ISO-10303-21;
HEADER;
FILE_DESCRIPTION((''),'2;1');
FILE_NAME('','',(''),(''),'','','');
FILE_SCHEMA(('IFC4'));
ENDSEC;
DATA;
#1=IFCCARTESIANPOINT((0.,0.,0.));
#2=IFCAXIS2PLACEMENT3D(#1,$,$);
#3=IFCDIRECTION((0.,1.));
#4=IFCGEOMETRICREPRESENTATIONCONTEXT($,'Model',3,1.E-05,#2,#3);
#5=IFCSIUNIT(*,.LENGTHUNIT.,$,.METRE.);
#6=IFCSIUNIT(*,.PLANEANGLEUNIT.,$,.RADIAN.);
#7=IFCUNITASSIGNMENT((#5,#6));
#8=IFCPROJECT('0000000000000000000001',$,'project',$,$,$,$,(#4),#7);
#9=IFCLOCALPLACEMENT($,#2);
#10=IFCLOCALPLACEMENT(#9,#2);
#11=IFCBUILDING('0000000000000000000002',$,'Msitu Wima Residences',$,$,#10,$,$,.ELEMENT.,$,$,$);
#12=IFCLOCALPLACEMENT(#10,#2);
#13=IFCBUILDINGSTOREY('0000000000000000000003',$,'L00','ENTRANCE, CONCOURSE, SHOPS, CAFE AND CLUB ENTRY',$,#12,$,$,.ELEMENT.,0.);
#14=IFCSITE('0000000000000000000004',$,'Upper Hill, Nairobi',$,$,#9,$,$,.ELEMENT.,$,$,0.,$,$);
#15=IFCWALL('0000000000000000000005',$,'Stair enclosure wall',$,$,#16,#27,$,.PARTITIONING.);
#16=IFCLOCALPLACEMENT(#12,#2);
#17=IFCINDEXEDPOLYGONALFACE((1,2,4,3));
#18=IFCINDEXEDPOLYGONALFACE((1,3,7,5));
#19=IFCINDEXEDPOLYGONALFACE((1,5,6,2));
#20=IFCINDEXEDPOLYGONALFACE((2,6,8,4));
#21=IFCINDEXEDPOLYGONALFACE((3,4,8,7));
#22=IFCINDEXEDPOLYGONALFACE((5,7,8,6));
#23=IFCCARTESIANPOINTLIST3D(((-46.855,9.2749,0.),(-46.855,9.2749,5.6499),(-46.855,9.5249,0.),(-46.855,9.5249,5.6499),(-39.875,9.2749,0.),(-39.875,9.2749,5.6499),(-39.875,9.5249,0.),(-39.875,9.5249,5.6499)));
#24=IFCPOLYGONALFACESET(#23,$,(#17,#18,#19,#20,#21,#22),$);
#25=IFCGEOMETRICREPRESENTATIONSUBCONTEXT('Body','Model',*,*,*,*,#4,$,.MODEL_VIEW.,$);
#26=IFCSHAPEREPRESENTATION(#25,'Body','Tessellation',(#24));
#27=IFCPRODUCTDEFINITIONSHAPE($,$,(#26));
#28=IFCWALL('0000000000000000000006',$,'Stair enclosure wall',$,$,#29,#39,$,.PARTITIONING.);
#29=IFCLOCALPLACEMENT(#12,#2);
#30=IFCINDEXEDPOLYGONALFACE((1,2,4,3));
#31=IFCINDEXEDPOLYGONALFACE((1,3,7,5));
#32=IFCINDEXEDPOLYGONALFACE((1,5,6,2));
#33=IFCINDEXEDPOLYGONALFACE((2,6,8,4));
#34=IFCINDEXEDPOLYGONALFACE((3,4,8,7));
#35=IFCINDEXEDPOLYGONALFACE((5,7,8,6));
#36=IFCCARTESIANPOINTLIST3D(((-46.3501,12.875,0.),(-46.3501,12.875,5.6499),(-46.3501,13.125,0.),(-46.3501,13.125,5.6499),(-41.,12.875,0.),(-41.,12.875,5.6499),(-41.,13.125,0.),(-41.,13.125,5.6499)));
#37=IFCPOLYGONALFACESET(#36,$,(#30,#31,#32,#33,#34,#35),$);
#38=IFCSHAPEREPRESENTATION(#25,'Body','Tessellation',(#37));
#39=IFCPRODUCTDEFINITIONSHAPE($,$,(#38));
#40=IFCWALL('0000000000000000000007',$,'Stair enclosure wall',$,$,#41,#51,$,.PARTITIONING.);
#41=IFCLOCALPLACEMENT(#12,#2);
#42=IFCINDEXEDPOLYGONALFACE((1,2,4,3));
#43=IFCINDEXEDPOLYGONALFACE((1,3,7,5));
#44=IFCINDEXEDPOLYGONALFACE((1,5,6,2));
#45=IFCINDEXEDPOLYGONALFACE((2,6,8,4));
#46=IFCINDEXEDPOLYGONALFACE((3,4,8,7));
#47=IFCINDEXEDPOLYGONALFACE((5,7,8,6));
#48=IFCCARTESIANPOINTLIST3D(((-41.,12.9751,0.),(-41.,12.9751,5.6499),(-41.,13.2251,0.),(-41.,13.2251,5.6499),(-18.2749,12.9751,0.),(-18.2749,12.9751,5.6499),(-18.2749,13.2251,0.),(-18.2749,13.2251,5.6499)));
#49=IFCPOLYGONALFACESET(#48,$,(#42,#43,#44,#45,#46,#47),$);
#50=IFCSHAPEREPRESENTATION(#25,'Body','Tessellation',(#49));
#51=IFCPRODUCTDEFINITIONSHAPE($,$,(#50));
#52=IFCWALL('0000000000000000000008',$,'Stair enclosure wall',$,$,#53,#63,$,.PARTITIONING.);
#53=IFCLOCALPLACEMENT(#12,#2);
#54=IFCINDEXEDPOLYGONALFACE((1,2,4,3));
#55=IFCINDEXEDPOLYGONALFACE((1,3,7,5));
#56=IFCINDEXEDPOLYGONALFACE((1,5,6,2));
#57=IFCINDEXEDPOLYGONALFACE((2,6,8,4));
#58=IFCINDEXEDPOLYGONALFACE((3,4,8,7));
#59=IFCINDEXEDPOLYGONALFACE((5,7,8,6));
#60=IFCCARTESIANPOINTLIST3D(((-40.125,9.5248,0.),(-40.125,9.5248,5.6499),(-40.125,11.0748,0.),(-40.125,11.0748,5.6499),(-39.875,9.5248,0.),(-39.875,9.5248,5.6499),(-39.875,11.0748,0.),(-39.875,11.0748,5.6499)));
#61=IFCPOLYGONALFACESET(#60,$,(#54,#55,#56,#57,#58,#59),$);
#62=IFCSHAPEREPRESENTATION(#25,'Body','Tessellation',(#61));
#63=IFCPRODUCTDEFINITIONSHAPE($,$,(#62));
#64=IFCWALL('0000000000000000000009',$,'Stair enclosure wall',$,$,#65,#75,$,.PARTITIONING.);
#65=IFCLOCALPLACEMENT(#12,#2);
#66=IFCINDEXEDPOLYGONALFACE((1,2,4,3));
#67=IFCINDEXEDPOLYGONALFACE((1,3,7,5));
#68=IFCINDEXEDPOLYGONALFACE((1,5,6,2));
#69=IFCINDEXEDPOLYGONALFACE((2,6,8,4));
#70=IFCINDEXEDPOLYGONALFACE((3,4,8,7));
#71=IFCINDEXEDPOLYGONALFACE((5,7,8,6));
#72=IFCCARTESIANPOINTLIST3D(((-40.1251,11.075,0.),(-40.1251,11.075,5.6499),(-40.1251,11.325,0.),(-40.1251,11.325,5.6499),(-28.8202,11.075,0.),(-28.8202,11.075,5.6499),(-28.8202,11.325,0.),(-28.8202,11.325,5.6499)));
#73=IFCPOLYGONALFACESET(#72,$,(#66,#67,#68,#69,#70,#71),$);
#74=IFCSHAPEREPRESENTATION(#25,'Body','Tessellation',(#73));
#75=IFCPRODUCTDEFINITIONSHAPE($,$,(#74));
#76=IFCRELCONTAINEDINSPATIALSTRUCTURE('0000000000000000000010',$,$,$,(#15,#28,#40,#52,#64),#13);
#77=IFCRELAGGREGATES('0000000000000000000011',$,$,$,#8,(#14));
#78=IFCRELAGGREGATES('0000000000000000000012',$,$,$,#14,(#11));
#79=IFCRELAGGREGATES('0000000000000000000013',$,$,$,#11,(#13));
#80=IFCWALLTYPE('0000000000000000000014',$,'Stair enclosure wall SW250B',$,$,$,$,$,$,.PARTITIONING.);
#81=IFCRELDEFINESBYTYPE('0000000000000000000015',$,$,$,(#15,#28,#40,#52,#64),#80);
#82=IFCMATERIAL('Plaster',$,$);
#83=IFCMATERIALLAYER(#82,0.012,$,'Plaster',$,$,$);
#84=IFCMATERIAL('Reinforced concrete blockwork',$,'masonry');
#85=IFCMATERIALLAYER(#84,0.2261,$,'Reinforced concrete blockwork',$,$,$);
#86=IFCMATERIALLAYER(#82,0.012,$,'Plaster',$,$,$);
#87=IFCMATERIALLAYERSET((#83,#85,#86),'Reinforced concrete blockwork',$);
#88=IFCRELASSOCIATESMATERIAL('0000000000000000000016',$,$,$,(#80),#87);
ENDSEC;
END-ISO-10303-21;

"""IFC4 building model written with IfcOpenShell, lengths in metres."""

from ifc_helpers import new_model, si_unit, direction, frame, frame_2d, origin, place, context, subcontext, project, spatial, rectangle, extrude, material, layer, layer_set, type_object, element, save


model = new_model("IFC4")

# Units and contexts
model_context = context("Model", 3, precision=1e-05, world=origin(), true_north=direction((0.0, 1.0)))
body_context = subcontext(model_context, "Body", "Model", "MODEL_VIEW")
ifc_project = project(units=[si_unit("LENGTHUNIT", "METRE"), si_unit("PLANEANGLEUNIT", "RADIAN")], contexts=[model_context])

# Site, building, storey
site_placement = place(None, origin())
site = spatial("IfcSite", under=ifc_project, at=site_placement, Name="Upper Hill, Nairobi", CompositionType="ELEMENT", RefElevation=0.0)
building_placement = place(site_placement, origin())
building = spatial("IfcBuilding", under=site, at=building_placement, Name="Msitu Wima Residences", CompositionType="ELEMENT")
storey_placement = place(building_placement, origin())
storey = spatial("IfcBuildingStorey", under=building, at=storey_placement, Name="L00", Description="ENTRANCE, CONCOURSE, SHOPS, CAFE AND CLUB ENTRY", CompositionType="ELEMENT", Elevation=0.0)

# Shared definitions
ifc_material_1 = material(Name="Plaster")

# Walls
ifc_layer_1 = layer(ifc_material_1, 0.012, Name="Plaster")
ifc_material_2 = material(Name="Reinforced concrete blockwork", Category="masonry")
ifc_layer_2 = layer(ifc_material_2, 0.2261, Name="Reinforced concrete blockwork")
ifc_layer_3 = layer(ifc_material_1, 0.012, Name="Plaster")
ifc_layer_set_1 = layer_set([ifc_layer_1, ifc_layer_2, ifc_layer_3], Name="Reinforced concrete blockwork")
wall_type_1 = type_object("IfcWallType", Name="Stair enclosure wall SW250B", PredefinedType="PARTITIONING", material=ifc_layer_set_1)
wall_1_placement = place(storey_placement, frame((-46.855, 9.3999, 0.0), z_axis=(0.0, 0.0, 1.0), x_axis=(1.0, 0.0, 0.0)))
element("IfcWall", 1, at=wall_1_placement, inside=storey, type_object=wall_type_1, Name="Stair enclosure wall", PredefinedType="PARTITIONING", context=body_context, shape_type="SweptSolid", body=[
    extrude(rectangle(XDim=6.98, YDim=0.25, at=frame_2d((3.49, 0.0))), origin(), (0.0, 0.0, 1.0), 5.6499),
])
wall_2_placement = place(storey_placement, frame((-46.3501, 13.0, 0.0), z_axis=(0.0, 0.0, 1.0), x_axis=(1.0, 0.0, 0.0)))
element("IfcWall", 2, at=wall_2_placement, inside=storey, type_object=wall_type_1, Name="Stair enclosure wall", PredefinedType="PARTITIONING", context=body_context, shape_type="SweptSolid", body=[
    extrude(rectangle(XDim=5.3501, YDim=0.25, at=frame_2d((2.675, 0.0))), origin(), (0.0, 0.0, 1.0), 5.6499),
])
wall_3_placement = place(storey_placement, frame((-41.0, 13.1001, 0.0), z_axis=(0.0, 0.0, 1.0), x_axis=(1.0, 0.0, 0.0)))
element("IfcWall", 3, at=wall_3_placement, inside=storey, type_object=wall_type_1, Name="Stair enclosure wall", PredefinedType="PARTITIONING", context=body_context, shape_type="SweptSolid", body=[
    extrude(rectangle(XDim=22.7251, YDim=0.25, at=frame_2d((11.3625, 0.0))), origin(), (0.0, 0.0, 1.0), 5.6499),
])
wall_4_placement = place(storey_placement, frame((-40.0, 9.5249, 0.0), z_axis=(0.0, 0.0, 1.0), x_axis=(0.0, 1.0, 0.0)))
element("IfcWall", 4, at=wall_4_placement, inside=storey, type_object=wall_type_1, Name="Stair enclosure wall", PredefinedType="PARTITIONING", context=body_context, shape_type="SweptSolid", body=[
    extrude(rectangle(XDim=1.55, YDim=0.25, at=frame_2d((0.7749, 0.0))), origin(), (0.0, 0.0, 1.0), 5.6499),
])
wall_5_placement = place(storey_placement, frame((-40.125, 11.2, 0.0), z_axis=(0.0, 0.0, 1.0), x_axis=(1.0, 0.0, 0.0)))
element("IfcWall", 5, at=wall_5_placement, inside=storey, type_object=wall_type_1, Name="Stair enclosure wall", PredefinedType="PARTITIONING", context=body_context, shape_type="SweptSolid", body=[
    extrude(rectangle(XDim=11.3049, YDim=0.25, at=frame_2d((5.6523, 0.0))), origin(), (0.0, 0.0, 1.0), 5.6499),
])

save(model, "model.ifc")
